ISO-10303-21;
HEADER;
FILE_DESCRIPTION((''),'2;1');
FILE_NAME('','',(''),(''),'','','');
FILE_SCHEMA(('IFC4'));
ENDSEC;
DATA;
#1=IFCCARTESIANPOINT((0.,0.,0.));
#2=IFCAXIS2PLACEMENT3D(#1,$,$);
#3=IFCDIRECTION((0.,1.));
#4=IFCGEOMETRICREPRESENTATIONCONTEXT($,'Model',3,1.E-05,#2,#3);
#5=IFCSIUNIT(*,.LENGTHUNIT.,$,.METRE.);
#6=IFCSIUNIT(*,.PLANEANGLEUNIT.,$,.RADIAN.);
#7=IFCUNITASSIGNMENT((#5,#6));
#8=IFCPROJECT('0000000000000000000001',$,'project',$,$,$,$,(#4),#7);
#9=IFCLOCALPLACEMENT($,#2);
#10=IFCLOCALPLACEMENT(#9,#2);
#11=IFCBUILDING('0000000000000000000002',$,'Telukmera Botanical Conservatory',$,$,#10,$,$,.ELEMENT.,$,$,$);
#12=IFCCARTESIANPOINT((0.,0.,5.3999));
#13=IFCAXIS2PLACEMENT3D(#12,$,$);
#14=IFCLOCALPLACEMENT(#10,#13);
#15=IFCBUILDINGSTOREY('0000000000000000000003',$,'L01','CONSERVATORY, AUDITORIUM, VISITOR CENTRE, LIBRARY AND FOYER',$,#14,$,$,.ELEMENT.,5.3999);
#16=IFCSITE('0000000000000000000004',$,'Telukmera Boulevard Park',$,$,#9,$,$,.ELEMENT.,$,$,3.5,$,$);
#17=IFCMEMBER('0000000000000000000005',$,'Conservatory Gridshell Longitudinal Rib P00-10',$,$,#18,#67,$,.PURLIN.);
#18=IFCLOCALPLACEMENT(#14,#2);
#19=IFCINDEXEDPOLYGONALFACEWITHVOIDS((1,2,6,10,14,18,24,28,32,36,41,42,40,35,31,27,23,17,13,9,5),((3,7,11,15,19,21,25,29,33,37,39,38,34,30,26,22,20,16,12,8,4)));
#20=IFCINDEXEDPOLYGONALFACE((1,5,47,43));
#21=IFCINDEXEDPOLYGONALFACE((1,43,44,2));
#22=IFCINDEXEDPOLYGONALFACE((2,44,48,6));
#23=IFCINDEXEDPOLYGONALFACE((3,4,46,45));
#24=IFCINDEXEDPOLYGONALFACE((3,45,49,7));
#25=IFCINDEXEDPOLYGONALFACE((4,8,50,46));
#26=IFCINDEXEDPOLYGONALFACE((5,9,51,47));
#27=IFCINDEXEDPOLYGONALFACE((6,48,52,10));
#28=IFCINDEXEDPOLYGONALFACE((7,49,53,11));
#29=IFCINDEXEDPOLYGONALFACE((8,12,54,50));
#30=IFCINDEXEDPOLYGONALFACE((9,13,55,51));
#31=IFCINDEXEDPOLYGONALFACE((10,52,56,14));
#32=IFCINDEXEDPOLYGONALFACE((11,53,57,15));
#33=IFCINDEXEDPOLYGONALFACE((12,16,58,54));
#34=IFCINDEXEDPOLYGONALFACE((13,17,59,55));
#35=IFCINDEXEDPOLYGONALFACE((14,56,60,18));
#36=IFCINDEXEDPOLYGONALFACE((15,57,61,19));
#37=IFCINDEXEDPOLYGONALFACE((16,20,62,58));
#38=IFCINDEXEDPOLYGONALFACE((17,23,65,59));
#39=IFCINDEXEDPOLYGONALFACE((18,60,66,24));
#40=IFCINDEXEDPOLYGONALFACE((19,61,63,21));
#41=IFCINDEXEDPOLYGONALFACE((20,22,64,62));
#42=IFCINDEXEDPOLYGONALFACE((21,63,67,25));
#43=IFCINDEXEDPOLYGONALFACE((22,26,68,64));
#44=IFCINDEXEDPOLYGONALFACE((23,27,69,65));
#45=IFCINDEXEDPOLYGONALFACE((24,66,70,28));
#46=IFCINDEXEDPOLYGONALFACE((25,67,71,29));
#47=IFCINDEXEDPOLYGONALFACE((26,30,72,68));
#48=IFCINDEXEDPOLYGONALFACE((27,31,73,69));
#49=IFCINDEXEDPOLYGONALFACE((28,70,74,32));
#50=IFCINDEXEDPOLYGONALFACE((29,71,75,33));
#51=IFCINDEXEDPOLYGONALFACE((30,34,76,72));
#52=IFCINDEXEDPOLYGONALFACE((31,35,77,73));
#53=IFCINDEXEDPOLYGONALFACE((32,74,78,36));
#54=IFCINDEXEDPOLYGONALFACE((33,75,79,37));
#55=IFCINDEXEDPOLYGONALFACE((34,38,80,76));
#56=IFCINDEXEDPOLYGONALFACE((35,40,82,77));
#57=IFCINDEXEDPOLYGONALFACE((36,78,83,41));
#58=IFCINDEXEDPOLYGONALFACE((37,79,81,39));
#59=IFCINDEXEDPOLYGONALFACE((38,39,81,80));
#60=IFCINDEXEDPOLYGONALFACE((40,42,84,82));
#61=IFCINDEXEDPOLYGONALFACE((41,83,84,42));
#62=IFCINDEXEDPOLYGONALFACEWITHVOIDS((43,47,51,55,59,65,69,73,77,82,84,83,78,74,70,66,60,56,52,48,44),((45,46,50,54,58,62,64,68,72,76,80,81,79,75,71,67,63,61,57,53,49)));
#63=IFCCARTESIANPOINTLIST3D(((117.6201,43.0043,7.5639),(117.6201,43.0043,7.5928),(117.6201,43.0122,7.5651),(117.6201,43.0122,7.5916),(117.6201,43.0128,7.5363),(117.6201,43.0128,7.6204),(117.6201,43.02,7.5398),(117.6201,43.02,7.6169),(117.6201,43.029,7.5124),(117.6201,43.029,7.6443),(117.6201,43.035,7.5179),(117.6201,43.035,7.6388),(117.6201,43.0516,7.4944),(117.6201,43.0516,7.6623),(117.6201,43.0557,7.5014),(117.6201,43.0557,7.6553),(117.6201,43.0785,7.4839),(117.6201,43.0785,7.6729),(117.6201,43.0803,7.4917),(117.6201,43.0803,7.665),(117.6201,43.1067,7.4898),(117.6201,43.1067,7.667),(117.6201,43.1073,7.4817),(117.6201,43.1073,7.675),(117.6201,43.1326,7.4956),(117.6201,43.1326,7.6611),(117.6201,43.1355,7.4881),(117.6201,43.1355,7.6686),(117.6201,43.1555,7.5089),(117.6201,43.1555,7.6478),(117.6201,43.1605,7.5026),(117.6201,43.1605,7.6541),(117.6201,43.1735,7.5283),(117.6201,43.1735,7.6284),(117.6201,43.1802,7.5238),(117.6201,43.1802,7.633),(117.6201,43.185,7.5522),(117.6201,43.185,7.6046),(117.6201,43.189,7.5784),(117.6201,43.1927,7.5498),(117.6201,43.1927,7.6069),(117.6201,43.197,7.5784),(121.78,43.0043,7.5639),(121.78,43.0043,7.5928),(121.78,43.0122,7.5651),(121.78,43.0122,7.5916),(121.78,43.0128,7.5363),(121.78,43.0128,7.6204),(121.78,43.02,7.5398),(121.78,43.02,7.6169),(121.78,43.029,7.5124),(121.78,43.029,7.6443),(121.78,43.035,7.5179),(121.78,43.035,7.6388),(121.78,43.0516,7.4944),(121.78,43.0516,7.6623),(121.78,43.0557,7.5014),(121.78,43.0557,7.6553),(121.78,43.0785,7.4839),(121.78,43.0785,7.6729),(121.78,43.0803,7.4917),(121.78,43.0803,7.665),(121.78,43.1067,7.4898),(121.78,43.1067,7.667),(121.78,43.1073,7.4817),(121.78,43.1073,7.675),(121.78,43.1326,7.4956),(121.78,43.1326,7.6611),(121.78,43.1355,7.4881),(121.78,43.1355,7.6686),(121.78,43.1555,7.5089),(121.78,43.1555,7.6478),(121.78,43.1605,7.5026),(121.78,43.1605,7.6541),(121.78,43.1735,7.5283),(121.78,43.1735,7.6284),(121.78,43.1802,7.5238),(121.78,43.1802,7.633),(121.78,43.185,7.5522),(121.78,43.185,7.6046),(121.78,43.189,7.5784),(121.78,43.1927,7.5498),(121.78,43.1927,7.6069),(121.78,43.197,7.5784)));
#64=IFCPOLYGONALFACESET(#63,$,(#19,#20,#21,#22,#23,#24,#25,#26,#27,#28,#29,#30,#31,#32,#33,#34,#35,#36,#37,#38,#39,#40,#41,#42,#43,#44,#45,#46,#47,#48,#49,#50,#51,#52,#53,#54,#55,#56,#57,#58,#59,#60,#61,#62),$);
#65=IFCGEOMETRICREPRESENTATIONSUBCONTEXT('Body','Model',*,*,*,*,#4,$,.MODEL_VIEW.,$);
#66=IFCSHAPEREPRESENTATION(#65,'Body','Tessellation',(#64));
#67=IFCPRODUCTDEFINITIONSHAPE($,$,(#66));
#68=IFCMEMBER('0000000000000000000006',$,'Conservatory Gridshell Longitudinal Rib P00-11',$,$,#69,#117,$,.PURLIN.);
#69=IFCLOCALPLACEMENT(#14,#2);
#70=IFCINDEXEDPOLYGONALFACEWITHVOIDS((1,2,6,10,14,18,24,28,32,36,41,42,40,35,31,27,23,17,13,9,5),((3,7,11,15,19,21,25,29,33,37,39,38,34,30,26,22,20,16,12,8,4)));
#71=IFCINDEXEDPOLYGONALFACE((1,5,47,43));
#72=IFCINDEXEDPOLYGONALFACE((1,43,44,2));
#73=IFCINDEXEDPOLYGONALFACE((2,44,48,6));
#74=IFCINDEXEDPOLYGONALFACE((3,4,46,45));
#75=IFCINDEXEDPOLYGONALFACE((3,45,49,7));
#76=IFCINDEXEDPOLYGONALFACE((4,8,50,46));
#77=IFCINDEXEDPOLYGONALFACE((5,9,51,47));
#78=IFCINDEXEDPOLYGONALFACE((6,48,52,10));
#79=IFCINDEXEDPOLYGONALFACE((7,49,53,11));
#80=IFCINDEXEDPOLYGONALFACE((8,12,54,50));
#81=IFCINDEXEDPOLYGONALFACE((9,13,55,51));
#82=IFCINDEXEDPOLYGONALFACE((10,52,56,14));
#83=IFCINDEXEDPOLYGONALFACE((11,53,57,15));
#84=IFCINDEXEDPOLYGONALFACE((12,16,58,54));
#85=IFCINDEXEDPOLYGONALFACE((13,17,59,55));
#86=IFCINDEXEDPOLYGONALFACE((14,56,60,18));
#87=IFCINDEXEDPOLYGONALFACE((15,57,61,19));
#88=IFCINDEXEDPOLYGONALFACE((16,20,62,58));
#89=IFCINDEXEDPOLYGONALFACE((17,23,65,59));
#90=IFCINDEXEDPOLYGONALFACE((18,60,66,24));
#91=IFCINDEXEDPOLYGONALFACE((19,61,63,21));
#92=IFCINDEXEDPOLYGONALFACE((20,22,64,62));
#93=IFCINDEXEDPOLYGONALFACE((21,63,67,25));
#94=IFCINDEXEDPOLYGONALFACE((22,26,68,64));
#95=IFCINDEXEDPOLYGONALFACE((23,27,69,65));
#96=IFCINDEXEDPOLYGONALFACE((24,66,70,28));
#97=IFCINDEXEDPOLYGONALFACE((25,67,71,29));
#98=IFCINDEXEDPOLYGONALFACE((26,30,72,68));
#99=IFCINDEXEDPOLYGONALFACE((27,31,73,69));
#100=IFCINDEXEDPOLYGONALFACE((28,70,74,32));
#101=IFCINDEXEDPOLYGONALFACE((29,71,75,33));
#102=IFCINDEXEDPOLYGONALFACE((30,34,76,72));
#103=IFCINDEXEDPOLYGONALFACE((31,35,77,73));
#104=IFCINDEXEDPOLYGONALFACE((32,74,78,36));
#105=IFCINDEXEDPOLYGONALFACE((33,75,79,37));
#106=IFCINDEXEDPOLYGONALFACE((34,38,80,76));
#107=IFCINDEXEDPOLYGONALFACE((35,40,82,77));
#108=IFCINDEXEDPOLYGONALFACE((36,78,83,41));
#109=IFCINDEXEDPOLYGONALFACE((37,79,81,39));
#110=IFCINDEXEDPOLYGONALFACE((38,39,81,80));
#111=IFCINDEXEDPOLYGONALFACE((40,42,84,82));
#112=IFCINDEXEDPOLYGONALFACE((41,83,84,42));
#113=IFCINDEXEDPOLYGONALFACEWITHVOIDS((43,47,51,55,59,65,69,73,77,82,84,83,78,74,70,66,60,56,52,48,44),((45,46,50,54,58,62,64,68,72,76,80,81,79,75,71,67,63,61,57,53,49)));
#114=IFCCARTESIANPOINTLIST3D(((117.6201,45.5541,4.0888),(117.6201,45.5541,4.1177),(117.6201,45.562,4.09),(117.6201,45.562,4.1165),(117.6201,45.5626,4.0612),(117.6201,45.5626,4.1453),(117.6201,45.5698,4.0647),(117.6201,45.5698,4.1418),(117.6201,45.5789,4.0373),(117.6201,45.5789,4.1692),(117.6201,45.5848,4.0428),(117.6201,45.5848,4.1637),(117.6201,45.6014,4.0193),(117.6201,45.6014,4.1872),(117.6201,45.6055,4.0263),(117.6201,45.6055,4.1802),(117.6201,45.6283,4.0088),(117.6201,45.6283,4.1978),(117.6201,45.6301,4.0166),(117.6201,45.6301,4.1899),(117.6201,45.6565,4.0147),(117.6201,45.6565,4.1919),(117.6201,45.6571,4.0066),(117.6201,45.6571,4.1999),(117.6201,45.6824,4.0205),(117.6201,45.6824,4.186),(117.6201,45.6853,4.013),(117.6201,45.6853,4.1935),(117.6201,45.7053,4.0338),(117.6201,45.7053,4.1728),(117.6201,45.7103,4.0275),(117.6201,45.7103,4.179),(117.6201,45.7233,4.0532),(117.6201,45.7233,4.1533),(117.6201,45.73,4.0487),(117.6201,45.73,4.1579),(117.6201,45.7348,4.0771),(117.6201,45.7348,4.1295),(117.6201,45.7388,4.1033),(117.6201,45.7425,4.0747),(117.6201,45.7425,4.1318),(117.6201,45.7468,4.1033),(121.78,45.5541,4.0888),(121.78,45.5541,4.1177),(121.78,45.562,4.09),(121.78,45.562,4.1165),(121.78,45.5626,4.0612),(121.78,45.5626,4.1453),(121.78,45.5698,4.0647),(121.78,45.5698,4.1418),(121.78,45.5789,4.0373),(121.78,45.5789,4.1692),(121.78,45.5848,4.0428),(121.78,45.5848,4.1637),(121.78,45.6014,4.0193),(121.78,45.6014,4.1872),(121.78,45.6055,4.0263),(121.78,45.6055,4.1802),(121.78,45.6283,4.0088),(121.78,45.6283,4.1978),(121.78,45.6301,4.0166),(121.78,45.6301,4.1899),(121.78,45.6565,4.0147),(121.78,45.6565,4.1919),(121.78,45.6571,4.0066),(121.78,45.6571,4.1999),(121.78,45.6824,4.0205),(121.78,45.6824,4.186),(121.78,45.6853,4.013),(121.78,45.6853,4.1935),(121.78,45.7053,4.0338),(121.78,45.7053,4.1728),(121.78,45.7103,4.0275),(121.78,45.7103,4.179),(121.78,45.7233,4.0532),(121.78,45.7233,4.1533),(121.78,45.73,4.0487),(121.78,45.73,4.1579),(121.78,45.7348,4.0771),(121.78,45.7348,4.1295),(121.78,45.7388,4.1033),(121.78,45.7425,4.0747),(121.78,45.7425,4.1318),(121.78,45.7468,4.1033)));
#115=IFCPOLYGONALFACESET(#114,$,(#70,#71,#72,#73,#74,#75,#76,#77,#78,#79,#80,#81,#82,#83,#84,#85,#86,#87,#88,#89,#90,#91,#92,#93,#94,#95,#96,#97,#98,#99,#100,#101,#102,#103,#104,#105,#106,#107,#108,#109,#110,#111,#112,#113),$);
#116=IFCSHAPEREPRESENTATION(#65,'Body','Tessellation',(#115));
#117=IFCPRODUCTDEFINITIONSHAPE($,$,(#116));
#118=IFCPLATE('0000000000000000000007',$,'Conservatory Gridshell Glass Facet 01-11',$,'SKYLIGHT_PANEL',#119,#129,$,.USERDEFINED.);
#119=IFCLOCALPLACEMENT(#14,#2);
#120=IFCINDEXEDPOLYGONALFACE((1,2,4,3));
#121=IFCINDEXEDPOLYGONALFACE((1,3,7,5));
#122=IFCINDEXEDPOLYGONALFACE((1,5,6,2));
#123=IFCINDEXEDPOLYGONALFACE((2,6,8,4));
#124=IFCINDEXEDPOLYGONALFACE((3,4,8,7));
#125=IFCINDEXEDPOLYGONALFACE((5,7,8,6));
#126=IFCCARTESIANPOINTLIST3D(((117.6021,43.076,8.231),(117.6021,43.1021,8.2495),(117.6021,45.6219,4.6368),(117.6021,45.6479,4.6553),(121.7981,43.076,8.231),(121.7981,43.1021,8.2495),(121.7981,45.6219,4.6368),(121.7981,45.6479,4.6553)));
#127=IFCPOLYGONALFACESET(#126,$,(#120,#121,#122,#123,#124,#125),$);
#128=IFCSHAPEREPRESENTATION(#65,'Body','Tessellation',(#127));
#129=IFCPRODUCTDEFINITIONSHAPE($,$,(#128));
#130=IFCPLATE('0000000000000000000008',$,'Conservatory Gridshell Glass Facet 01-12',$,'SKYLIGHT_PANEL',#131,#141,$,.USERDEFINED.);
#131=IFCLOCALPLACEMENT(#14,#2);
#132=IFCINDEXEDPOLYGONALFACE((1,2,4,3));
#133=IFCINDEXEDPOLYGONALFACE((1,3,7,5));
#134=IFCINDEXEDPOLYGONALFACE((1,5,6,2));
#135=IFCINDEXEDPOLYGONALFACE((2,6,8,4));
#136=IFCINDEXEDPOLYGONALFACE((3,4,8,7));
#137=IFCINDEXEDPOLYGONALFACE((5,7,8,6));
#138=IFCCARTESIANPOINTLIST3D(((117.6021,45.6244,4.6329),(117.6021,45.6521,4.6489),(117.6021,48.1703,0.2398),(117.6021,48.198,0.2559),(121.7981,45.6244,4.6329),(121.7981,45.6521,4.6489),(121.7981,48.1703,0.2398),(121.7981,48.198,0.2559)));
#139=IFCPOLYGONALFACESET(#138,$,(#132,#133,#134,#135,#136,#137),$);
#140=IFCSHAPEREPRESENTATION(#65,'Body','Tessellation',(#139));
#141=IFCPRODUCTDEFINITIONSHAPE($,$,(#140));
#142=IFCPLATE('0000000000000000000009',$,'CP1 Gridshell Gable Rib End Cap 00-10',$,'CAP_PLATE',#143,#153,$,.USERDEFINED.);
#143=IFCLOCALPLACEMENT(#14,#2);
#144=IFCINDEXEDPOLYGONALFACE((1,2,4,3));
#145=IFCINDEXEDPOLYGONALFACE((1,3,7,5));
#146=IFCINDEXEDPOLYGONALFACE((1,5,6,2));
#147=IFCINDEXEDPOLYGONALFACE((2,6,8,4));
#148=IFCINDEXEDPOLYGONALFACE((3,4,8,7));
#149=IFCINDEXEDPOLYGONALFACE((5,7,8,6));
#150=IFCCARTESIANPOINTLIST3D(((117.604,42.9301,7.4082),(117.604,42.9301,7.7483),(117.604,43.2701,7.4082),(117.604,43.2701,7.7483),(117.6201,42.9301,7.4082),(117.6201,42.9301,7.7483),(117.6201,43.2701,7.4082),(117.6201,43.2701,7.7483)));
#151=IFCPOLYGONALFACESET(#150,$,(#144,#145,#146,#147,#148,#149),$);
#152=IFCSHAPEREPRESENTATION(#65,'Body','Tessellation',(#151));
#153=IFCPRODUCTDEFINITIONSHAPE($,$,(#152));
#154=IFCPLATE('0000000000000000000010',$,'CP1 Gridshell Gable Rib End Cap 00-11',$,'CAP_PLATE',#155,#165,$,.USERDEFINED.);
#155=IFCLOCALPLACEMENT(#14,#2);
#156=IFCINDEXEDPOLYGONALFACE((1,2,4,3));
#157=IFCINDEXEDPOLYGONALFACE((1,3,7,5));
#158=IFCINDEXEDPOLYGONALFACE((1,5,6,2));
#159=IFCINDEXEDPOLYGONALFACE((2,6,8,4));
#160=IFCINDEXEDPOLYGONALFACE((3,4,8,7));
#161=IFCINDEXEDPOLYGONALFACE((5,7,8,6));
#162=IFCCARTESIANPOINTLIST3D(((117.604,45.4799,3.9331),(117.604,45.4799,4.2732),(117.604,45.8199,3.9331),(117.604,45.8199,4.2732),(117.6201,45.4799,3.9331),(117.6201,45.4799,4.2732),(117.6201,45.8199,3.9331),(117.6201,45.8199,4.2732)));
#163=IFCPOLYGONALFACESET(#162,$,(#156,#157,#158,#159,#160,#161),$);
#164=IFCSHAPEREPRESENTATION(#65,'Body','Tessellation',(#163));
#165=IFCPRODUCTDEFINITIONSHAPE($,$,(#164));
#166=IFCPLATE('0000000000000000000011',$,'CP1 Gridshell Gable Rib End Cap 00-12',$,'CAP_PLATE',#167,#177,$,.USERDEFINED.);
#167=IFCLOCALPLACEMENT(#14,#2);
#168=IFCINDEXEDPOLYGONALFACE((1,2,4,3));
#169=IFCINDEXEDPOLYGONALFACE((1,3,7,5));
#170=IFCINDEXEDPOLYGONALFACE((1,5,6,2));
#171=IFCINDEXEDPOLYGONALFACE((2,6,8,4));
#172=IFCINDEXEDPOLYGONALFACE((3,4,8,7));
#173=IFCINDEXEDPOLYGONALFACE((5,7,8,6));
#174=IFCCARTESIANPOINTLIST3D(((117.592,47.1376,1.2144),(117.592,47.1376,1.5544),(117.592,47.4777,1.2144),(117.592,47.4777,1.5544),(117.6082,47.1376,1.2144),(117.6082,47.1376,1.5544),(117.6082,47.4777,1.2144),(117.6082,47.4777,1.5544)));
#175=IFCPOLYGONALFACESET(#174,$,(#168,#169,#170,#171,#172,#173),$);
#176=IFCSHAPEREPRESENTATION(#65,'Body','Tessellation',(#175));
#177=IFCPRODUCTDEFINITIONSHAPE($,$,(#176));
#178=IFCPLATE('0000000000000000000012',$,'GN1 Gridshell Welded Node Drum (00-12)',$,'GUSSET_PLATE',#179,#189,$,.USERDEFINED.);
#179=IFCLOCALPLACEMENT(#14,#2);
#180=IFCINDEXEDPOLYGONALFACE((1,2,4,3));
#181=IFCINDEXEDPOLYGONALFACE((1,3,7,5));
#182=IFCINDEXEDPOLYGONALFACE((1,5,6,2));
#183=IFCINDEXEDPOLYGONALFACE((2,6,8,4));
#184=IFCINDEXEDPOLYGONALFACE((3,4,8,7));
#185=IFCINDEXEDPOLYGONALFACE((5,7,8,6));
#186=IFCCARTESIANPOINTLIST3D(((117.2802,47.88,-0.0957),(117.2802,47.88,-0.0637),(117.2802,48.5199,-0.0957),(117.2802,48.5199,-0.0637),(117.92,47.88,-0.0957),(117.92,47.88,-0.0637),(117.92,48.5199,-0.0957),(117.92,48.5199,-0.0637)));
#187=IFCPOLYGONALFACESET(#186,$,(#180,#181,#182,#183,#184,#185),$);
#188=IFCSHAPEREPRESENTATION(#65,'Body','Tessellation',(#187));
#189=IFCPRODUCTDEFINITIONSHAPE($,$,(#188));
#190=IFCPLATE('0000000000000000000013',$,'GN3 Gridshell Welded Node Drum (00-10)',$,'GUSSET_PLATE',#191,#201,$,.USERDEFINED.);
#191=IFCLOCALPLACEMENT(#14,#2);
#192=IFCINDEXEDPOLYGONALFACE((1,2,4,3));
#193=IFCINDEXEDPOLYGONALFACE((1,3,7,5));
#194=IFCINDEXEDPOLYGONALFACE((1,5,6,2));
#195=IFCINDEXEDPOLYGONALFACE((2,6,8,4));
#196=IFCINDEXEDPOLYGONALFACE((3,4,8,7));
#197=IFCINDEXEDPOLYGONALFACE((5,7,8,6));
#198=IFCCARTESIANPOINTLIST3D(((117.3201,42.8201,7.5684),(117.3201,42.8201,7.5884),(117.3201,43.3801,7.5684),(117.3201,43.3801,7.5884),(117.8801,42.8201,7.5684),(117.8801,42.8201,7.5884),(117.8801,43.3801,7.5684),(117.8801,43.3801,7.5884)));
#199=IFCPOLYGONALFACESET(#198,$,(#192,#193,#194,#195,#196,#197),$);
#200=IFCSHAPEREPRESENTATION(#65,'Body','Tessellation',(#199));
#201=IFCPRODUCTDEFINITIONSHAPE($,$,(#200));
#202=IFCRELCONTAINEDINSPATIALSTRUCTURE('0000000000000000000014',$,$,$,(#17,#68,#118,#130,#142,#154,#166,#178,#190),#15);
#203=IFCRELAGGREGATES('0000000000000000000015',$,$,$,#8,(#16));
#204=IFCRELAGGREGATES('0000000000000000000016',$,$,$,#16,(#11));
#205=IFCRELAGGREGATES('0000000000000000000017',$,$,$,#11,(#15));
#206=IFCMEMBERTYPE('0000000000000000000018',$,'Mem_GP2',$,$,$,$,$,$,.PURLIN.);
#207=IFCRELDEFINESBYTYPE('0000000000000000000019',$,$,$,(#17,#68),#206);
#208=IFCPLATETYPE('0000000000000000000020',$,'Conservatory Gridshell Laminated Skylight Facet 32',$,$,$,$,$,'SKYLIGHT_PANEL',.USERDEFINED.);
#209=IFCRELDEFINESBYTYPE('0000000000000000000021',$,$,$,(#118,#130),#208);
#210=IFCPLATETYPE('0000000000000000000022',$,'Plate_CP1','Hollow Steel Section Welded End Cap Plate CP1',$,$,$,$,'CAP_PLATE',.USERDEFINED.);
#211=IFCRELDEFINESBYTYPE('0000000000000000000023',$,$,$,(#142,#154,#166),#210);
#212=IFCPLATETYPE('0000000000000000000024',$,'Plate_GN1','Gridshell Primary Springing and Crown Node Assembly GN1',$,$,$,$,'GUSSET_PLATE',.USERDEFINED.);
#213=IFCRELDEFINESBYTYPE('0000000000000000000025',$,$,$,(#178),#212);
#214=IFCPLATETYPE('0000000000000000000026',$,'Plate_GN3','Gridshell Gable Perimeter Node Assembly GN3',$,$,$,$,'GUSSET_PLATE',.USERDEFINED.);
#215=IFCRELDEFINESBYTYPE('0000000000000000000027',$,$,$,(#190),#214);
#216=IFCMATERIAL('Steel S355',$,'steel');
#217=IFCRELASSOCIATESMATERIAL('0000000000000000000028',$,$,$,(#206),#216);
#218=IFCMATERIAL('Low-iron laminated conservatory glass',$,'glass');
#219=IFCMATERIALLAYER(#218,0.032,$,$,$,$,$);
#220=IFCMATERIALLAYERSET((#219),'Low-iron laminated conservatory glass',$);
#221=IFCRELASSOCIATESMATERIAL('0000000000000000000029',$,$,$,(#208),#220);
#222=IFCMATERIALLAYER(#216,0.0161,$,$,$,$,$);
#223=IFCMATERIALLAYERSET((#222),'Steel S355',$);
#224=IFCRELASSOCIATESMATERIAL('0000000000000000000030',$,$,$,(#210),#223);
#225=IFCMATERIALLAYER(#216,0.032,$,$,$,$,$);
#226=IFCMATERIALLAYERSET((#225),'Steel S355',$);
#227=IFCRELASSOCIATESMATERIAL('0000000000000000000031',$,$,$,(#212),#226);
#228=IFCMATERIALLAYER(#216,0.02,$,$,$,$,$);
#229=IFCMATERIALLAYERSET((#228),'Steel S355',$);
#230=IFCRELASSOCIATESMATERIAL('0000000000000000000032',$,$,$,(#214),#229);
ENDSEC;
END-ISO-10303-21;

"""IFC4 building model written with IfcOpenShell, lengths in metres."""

from ifc_helpers import new_model, si_unit, direction, frame, origin, origin_2d, place, context, subcontext, project, spatial, polyline, rectangle, hollow_circle, outline, extrude, material, layer, layer_set, material_profile, profile_set, type_object, element, save


model = new_model("IFC4")

# Units and contexts
model_context = context("Model", 3, precision=1e-05, world=origin(), true_north=direction((0.0, 1.0)))
body_context = subcontext(model_context, "Body", "Model", "MODEL_VIEW")
ifc_project = project(units=[si_unit("LENGTHUNIT", "METRE"), si_unit("PLANEANGLEUNIT", "RADIAN")], contexts=[model_context])

# Site, building, storey
site_placement = place(None, origin())
site = spatial("IfcSite", under=ifc_project, at=site_placement, Name="Telukmera Boulevard Park", CompositionType="ELEMENT", RefElevation=3.5)
building_placement = place(site_placement, origin())
building = spatial("IfcBuilding", under=site, at=building_placement, Name="Telukmera Botanical Conservatory", CompositionType="ELEMENT")
storey_placement = place(building_placement, frame((0.0, 0.0, 5.3999)))
storey = spatial("IfcBuildingStorey", under=building, at=storey_placement, Name="L01", Description="CONSERVATORY, AUDITORIUM, VISITOR CENTRE, LIBRARY AND FOYER", CompositionType="ELEMENT", Elevation=5.3999)

# Shared definitions
ifc_material_1 = material(Name="Steel S355", Category="steel")

# Members
ifc_material_profile_1 = material_profile(ifc_material_1, hollow_circle(Radius=0.0969, WallThickness=0.0081, at=origin_2d()), Name="CHS 193.7x8.0")
ifc_profile_set_1 = profile_set([ifc_material_profile_1], Name="Steel S355")
member_type_1 = type_object("IfcMemberType", Name="Mem_GP2", PredefinedType="PURLIN", material=ifc_profile_set_1)
for number, where, z_axis, x_axis, name in (
    (1, (117.6201, 43.1001, 7.5784), (1.0, 0.0, 0.0), (0.0, 1.0, 0.0), "Conservatory Gridshell Longitudinal Rib P00-10"),
    (2, (117.6201, 45.6499, 4.1033), (1.0, 0.0, 0.0), (0.0, 1.0, 0.0), "Conservatory Gridshell Longitudinal Rib P00-11"),
):
    element("IfcMember", number, at=place(storey_placement, frame(where, z_axis=z_axis, x_axis=x_axis)), inside=storey, type_object=member_type_1, Name=name, PredefinedType="PURLIN", context=body_context, shape_type="SweptSolid", body=[
        extrude(hollow_circle(Radius=0.0969, WallThickness=0.0081, at=origin_2d()), origin(), (0.0, 0.0, 1.0), 4.1599),
    ])

# Plates
ifc_material_2 = material(Name="Low-iron laminated conservatory glass", Category="glass")
ifc_layer_1 = layer(ifc_material_2, 0.032)
ifc_layer_set_1 = layer_set([ifc_layer_1], Name="Low-iron laminated conservatory glass")
plate_type_1 = type_object("IfcPlateType", Name="Conservatory Gridshell Laminated Skylight Facet 32", ElementType="SKYLIGHT_PANEL", PredefinedType="USERDEFINED", material=ifc_layer_set_1)
plate_1_placement = place(storey_placement, frame((117.6021, 43.1021, 8.2495), z_axis=(0.0, 0.816027, 0.578014), x_axis=(1.0, 0.0, 0.0)))
element("IfcPlate", 3, at=plate_1_placement, inside=storey, type_object=plate_type_1, Name="Conservatory Gridshell Glass Facet 01-11", ObjectType="SKYLIGHT_PANEL", PredefinedType="USERDEFINED", context=body_context, shape_type="SweptSolid", body=[
    extrude(outline(polyline([(0.0, 0.0), (4.196, 0.0), (4.196, 4.4046), (0.0, 4.4046), (0.0, 0.0)])), origin(), (0.0, 0.0, -1.0), 0.032),
])
plate_2_placement = place(storey_placement, frame((117.6021, 45.6521, 4.6489), z_axis=(0.0, 0.865209, 0.501412), x_axis=(1.0, 0.0, 0.0)))
element("IfcPlate", 4, at=plate_2_placement, inside=storey, type_object=plate_type_1, Name="Conservatory Gridshell Glass Facet 01-12", ObjectType="SKYLIGHT_PANEL", PredefinedType="USERDEFINED", context=body_context, shape_type="SweptSolid", body=[
    extrude(outline(polyline([(0.0, 0.0), (4.196, 0.0), (4.196, 5.0775), (0.0, 5.0775), (0.0, 0.0)])), origin(), (0.0, 0.0, -1.0), 0.032),
])
ifc_layer_2 = layer(ifc_material_1, 0.0161)
ifc_layer_set_2 = layer_set([ifc_layer_2], Name="Steel S355")
plate_type_2 = type_object("IfcPlateType", Name="Plate_CP1", Description="Hollow Steel Section Welded End Cap Plate CP1", ElementType="CAP_PLATE", PredefinedType="USERDEFINED", material=ifc_layer_set_2)
for number, where, z_axis, x_axis, name in (
    (5, (117.6121, 43.1001, 7.4082), (0.0, 0.0, 1.0), (1.0, 0.0, 0.0), "CP1 Gridshell Gable Rib End Cap 00-10"),
    (6, (117.6121, 45.6499, 3.9331), (0.0, 0.0, 1.0), (1.0, 0.0, 0.0), "CP1 Gridshell Gable Rib End Cap 00-11"),
    (7, (117.6001, 47.3076, 1.2144), (0.0, 0.0, 1.0), (1.0, 0.0, 0.0), "CP1 Gridshell Gable Rib End Cap 00-12"),
):
    element("IfcPlate", number, at=place(storey_placement, frame(where, z_axis=z_axis, x_axis=x_axis)), inside=storey, type_object=plate_type_2, Name=name, ObjectType="CAP_PLATE", PredefinedType="USERDEFINED", context=body_context, shape_type="SweptSolid", body=[
        extrude(rectangle(XDim=0.0161, YDim=0.3401, at=origin_2d()), origin(), (0.0, 0.0, 1.0), 0.3401),
    ])
ifc_layer_3 = layer(ifc_material_1, 0.032)
ifc_layer_set_3 = layer_set([ifc_layer_3], Name="Steel S355")
plate_type_3 = type_object("IfcPlateType", Name="Plate_GN1", Description="Gridshell Primary Springing and Crown Node Assembly GN1", ElementType="GUSSET_PLATE", PredefinedType="USERDEFINED", material=ifc_layer_set_3)
plate_3_placement = place(storey_placement, frame((117.6001, 48.2, -0.0957), z_axis=(0.0, 0.0, 1.0), x_axis=(1.0, 0.0, 0.0)))
element("IfcPlate", 8, at=plate_3_placement, inside=storey, type_object=plate_type_3, Name="GN1 Gridshell Welded Node Drum (00-12)", ObjectType="GUSSET_PLATE", PredefinedType="USERDEFINED", context=body_context, shape_type="SweptSolid", body=[
    extrude(rectangle(XDim=0.6399, YDim=0.6399, at=origin_2d()), origin(), (0.0, 0.0, 1.0), 0.032),
])
ifc_layer_4 = layer(ifc_material_1, 0.02)
ifc_layer_set_4 = layer_set([ifc_layer_4], Name="Steel S355")
plate_type_4 = type_object("IfcPlateType", Name="Plate_GN3", Description="Gridshell Gable Perimeter Node Assembly GN3", ElementType="GUSSET_PLATE", PredefinedType="USERDEFINED", material=ifc_layer_set_4)
for number, where, z_axis, x_axis, name in (
    (9, (117.6001, 43.1001, 7.5684), (0.0, 0.0, 1.0), (1.0, 0.0, 0.0), "GN3 Gridshell Welded Node Drum (00-10)"),
):
    element("IfcPlate", number, at=place(storey_placement, frame(where, z_axis=z_axis, x_axis=x_axis)), inside=storey, type_object=plate_type_4, Name=name, ObjectType="GUSSET_PLATE", PredefinedType="USERDEFINED", context=body_context, shape_type="SweptSolid", body=[
        extrude(rectangle(XDim=0.5601, YDim=0.5601, at=origin_2d()), origin(), (0.0, 0.0, 1.0), 0.02),
    ])

save(model, "model.ifc")
